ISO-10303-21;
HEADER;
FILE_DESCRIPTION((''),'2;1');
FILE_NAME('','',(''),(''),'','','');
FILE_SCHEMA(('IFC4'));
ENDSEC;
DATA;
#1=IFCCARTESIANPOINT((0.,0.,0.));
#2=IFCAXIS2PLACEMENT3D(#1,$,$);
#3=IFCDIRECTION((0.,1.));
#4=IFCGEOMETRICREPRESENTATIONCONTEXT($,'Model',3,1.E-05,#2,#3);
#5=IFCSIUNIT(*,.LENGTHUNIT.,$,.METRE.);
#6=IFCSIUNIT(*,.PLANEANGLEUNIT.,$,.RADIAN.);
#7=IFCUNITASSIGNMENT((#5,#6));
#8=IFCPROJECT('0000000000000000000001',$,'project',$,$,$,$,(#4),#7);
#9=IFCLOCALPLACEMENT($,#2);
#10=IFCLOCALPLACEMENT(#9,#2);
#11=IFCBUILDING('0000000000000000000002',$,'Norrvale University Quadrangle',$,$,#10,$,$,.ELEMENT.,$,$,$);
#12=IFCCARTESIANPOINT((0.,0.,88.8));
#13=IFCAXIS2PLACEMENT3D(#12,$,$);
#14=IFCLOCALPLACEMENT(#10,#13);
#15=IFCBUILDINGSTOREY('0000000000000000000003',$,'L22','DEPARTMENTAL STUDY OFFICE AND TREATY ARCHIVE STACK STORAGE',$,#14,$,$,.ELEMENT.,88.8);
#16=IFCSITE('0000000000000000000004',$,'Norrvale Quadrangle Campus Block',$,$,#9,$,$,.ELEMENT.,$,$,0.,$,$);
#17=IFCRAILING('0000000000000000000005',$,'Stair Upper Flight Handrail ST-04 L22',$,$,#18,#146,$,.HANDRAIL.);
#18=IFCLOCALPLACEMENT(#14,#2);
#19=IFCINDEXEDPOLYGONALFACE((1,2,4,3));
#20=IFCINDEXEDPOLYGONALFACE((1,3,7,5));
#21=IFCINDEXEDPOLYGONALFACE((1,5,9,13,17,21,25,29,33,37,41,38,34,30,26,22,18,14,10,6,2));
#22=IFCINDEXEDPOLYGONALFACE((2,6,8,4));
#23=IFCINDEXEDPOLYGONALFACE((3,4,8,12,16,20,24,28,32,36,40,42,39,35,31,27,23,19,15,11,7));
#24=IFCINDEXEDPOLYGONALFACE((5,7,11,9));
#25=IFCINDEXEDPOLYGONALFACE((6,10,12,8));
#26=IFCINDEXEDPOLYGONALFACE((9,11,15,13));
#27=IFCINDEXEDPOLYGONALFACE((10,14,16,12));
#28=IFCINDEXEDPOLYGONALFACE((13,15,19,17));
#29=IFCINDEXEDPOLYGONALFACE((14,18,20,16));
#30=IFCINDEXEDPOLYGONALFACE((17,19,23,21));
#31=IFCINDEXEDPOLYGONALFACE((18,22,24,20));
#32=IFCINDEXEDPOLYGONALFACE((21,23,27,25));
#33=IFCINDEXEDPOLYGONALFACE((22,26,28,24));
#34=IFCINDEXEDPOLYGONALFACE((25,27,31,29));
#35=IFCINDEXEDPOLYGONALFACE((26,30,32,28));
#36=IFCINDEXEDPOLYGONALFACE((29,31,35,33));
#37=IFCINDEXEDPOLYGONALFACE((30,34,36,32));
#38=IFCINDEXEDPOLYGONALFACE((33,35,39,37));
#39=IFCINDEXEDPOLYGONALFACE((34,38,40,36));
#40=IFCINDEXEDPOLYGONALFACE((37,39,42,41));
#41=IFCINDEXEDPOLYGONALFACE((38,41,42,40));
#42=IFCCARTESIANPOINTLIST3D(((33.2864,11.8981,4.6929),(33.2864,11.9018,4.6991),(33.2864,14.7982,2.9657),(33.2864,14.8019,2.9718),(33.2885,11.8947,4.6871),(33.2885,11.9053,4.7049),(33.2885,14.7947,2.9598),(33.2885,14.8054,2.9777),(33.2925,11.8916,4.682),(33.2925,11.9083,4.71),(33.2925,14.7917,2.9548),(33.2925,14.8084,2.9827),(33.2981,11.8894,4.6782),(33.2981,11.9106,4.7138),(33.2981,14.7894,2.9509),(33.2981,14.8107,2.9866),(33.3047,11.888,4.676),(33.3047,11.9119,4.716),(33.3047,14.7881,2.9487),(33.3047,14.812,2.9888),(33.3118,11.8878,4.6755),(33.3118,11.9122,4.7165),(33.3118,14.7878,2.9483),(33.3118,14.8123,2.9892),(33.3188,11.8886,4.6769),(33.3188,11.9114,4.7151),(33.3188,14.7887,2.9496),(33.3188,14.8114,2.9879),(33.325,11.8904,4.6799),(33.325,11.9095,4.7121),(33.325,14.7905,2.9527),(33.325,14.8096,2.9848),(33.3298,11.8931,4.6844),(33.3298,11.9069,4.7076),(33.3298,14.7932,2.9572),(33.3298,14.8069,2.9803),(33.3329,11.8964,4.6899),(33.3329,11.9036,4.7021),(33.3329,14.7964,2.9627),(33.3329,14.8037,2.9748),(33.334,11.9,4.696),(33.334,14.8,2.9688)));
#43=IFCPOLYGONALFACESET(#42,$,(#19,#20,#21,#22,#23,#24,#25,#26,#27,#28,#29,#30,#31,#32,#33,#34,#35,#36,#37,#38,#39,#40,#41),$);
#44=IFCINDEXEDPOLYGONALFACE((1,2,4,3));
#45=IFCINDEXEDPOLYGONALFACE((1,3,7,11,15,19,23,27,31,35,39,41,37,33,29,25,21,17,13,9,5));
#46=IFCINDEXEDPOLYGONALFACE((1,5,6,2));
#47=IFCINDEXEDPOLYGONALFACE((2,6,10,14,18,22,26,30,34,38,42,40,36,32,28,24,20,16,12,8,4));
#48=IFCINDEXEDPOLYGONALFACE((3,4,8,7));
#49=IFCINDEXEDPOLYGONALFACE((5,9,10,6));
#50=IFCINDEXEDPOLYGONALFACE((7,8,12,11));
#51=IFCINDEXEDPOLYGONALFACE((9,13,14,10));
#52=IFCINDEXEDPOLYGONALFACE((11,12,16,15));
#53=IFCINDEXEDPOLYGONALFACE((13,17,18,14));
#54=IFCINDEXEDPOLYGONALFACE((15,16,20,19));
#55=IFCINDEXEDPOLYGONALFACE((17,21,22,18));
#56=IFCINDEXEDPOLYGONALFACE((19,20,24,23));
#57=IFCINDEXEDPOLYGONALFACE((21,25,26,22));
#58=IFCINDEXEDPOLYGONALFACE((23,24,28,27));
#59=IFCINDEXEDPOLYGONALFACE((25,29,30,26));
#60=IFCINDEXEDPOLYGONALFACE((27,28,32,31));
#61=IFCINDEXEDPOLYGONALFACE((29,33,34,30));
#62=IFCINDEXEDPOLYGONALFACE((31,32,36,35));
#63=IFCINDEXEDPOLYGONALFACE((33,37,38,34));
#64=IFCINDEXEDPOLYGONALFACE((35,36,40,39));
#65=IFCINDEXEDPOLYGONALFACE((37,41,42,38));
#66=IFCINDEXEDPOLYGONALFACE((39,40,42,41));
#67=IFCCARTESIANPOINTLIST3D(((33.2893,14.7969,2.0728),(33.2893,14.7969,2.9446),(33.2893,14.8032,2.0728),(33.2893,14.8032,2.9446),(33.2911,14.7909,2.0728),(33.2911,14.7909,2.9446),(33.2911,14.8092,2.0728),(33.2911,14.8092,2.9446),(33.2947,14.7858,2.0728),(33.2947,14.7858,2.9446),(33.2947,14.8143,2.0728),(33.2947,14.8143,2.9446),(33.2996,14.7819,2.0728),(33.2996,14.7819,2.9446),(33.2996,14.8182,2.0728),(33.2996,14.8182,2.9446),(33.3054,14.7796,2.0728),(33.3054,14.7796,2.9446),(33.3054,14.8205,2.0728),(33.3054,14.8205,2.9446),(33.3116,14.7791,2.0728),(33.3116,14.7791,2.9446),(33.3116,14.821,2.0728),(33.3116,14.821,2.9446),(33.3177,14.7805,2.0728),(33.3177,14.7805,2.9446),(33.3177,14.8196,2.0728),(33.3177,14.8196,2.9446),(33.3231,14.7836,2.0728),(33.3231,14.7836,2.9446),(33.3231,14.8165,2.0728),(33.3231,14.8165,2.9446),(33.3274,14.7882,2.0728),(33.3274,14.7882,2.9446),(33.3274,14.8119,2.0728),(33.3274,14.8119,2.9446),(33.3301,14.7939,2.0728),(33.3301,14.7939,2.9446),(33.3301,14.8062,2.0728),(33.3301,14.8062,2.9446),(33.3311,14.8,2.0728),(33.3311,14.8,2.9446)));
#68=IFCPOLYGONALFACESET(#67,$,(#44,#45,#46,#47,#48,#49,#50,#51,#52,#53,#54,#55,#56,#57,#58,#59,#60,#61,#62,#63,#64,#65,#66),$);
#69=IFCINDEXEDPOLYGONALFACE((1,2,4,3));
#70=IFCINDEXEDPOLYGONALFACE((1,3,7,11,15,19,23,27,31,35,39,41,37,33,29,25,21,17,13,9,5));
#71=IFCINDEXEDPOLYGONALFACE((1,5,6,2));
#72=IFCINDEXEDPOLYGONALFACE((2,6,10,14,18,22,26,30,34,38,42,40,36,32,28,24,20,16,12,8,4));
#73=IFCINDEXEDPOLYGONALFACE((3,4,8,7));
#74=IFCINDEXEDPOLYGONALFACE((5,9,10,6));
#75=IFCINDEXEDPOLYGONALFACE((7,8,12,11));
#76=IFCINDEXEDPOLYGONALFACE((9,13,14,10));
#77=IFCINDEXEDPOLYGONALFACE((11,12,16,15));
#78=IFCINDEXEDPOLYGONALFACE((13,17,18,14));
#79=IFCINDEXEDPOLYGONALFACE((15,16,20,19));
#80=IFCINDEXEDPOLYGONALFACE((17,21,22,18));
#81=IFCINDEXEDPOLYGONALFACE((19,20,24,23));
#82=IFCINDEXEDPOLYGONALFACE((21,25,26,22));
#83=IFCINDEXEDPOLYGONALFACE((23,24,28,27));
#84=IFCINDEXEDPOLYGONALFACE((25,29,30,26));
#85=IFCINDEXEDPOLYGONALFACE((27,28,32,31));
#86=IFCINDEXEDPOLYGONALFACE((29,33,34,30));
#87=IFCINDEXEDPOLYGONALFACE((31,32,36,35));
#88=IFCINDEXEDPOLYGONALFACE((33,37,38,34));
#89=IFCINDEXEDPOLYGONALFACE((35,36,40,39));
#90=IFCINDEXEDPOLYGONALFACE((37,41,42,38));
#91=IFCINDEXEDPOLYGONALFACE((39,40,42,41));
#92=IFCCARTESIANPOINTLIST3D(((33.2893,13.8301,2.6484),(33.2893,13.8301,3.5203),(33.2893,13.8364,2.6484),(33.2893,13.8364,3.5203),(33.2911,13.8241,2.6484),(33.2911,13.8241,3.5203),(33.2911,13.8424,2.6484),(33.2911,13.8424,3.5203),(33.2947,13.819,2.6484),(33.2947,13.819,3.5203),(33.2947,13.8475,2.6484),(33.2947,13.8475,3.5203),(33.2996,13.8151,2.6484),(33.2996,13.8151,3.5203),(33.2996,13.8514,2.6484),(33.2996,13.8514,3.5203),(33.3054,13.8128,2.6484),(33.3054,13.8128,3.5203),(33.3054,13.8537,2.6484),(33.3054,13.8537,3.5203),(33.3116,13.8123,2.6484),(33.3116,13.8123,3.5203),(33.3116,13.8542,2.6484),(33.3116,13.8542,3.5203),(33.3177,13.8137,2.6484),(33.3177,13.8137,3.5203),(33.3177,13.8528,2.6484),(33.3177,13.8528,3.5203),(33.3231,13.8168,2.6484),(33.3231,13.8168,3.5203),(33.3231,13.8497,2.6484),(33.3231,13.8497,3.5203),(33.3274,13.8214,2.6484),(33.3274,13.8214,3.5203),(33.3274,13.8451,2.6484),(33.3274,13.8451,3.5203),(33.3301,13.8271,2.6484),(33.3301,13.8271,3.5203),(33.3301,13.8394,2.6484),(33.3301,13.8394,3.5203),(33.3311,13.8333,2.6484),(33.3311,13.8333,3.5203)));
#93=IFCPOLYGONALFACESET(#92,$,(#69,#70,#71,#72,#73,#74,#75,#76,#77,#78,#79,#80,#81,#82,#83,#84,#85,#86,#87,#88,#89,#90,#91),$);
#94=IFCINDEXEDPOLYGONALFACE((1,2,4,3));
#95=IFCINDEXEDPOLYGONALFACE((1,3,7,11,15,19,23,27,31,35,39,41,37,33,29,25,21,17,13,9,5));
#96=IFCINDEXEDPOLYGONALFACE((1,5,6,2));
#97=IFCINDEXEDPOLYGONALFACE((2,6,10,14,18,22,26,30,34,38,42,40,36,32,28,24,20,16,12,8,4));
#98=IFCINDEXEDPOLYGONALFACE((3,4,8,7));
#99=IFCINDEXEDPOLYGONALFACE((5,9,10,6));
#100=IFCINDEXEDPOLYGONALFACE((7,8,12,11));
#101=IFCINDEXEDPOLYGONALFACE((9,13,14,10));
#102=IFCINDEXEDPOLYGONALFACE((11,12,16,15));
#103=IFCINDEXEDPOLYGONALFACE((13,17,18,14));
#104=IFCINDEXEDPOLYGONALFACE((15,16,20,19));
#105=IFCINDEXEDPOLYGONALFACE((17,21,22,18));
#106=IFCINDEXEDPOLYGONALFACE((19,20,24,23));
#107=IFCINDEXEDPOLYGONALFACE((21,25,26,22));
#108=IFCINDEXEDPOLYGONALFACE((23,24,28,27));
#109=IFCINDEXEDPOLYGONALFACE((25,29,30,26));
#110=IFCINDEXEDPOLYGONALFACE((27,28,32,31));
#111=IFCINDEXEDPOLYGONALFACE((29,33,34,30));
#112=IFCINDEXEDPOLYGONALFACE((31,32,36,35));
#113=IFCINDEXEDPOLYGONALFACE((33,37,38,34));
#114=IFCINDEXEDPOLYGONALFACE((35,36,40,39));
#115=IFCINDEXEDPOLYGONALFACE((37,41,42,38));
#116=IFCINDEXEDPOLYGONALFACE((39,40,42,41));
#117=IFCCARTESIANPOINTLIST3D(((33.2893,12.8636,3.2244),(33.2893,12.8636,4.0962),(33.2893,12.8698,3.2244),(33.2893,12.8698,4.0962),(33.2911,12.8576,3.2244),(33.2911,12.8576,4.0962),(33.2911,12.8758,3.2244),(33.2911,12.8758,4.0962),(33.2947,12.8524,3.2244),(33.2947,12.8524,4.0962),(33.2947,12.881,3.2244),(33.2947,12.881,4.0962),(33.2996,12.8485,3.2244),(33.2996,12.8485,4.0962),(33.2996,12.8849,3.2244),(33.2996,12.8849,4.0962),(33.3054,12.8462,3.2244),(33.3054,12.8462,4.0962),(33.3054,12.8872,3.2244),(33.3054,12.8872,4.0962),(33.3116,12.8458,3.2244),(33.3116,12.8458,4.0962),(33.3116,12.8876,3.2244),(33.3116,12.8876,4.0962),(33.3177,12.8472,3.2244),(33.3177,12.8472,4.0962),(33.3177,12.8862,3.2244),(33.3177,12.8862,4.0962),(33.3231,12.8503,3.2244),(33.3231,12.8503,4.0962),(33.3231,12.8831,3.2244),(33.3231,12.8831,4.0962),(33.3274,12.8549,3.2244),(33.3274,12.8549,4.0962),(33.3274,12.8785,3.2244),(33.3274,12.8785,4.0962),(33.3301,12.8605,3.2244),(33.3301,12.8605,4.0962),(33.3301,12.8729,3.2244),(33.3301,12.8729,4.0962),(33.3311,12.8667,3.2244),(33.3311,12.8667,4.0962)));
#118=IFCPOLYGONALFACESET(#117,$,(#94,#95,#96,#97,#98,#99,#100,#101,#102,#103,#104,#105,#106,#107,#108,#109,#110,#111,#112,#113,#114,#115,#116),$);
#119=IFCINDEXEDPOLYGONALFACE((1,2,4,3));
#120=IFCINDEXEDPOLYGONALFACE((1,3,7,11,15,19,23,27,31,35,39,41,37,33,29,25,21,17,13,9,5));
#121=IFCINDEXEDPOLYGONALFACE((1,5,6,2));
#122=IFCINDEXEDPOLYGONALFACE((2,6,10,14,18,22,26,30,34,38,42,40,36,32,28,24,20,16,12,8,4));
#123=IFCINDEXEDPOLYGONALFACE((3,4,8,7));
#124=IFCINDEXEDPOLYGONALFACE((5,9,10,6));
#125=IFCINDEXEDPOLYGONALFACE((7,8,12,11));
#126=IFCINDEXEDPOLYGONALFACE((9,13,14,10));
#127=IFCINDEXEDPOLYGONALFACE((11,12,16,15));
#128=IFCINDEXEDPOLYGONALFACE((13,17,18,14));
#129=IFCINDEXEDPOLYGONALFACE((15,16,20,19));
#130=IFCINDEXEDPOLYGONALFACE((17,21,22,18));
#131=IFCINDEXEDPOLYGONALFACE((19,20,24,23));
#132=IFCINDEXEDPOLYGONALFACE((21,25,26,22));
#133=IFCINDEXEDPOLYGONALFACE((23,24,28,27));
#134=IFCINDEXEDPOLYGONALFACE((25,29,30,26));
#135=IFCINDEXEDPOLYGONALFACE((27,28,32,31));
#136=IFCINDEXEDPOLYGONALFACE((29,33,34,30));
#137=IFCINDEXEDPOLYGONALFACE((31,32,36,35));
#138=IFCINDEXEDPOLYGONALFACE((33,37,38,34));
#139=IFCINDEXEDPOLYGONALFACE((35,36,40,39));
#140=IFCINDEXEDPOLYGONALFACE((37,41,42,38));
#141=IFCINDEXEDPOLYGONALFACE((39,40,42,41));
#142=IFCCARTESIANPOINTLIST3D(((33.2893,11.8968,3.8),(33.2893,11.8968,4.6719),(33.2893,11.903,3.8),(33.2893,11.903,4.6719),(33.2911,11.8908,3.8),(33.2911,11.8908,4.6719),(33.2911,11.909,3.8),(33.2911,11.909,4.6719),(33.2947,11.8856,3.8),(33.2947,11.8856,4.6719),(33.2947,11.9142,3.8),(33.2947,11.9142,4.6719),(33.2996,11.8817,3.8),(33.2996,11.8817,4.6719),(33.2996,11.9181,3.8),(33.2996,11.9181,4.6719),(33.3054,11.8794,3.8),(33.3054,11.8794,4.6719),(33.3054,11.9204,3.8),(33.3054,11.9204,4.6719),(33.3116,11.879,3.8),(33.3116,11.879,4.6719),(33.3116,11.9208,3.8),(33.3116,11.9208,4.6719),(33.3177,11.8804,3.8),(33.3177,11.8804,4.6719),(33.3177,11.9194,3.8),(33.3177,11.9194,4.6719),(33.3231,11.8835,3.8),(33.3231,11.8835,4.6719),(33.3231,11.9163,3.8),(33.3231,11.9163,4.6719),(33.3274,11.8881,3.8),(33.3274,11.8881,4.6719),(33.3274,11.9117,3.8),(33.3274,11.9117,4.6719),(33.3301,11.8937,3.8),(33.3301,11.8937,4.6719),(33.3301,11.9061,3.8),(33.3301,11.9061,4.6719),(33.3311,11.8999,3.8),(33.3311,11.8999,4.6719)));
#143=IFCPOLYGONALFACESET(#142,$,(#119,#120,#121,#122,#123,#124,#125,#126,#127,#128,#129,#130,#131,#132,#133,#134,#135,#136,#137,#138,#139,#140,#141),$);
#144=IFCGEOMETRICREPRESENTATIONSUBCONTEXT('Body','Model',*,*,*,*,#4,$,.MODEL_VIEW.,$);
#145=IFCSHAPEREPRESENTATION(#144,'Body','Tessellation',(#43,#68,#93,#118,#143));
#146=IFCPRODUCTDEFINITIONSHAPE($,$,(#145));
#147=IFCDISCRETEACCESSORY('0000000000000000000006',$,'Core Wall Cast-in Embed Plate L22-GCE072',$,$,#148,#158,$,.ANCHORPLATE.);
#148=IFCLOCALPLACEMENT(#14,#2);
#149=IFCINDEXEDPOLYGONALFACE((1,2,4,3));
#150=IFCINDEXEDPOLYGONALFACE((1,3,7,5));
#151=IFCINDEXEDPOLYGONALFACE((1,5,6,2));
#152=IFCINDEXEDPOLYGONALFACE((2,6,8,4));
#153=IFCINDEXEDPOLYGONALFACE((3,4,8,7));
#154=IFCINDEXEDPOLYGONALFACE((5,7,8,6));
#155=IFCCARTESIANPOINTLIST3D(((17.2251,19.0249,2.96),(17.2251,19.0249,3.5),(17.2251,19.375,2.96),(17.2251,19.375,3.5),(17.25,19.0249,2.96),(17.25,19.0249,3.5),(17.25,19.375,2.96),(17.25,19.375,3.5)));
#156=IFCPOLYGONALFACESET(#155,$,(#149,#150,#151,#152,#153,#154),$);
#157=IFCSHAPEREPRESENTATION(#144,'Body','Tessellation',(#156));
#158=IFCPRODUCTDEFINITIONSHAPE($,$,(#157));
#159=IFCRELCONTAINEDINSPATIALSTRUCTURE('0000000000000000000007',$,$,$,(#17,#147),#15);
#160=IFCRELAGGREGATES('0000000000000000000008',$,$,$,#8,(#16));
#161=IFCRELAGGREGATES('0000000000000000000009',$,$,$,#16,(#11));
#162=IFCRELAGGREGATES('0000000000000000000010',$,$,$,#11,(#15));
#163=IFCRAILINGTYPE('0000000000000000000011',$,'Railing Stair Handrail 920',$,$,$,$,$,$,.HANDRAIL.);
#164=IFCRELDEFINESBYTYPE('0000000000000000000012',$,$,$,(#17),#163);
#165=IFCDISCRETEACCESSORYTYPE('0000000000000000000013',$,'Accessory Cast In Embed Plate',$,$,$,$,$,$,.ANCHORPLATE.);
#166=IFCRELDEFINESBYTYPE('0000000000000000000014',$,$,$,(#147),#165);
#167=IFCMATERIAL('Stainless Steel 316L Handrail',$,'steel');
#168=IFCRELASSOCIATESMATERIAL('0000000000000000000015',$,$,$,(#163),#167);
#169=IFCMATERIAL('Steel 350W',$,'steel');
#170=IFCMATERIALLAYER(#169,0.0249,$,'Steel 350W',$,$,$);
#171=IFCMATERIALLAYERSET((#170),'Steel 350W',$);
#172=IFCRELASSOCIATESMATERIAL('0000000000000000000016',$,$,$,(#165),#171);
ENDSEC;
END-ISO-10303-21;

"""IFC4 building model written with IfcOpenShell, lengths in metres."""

from ifc_helpers import new_model, si_unit, direction, frame, origin, origin_2d, place, context, subcontext, project, spatial, rectangle, circle, extrude, material, layer, layer_set, type_object, element, save


model = new_model("IFC4")

# Units and contexts
model_context = context("Model", 3, precision=1e-05, world=origin(), true_north=direction((0.0, 1.0)))
body_context = subcontext(model_context, "Body", "Model", "MODEL_VIEW")
ifc_project = project(units=[si_unit("LENGTHUNIT", "METRE"), si_unit("PLANEANGLEUNIT", "RADIAN")], contexts=[model_context])

# Site, building, storey
site_placement = place(None, origin())
site = spatial("IfcSite", under=ifc_project, at=site_placement, Name="Norrvale Quadrangle Campus Block", CompositionType="ELEMENT", RefElevation=0.0)
building_placement = place(site_placement, origin())
building = spatial("IfcBuilding", under=site, at=building_placement, Name="Norrvale University Quadrangle", CompositionType="ELEMENT")
storey_placement = place(building_placement, frame((0.0, 0.0, 88.8)))
storey = spatial("IfcBuildingStorey", under=building, at=storey_placement, Name="L22", Description="DEPARTMENTAL STUDY OFFICE AND TREATY ARCHIVE STACK STORAGE", CompositionType="ELEMENT", Elevation=88.8)

# Shared definitions
ifc_material_1 = material(Name="Steel 350W", Category="steel")

# Railing
ifc_material_2 = material(Name="Stainless Steel 316L Handrail", Category="steel")
railing_type_1 = type_object("IfcRailingType", Name="Railing Stair Handrail 920", PredefinedType="HANDRAIL", material=ifc_material_2)
railing_1_placement = place(storey_placement, frame((33.3101, 14.8, 2.0728)))
element("IfcRailing", 1, at=railing_1_placement, inside=storey, type_object=railing_type_1, Name="Stair Upper Flight Handrail ST-04 L22", PredefinedType="HANDRAIL", context=body_context, shape_type="SweptSolid", body=[
    extrude(circle(Radius=0.0239, at=origin_2d()), frame((0.0, 0.0, 0.896), z_axis=(0.0, -0.85916, 0.511706), x_axis=(1.0, 0.0, 0.0)), (0.0, 0.0, 1.0), 3.3755),
    extrude(circle(Radius=0.021, at=origin_2d()), origin(), (0.0, 0.0, 1.0), 0.8718),
    extrude(circle(Radius=0.021, at=origin_2d()), frame((0.0, -0.9668, 0.5757)), (0.0, 0.0, 1.0), 0.8718),
    extrude(circle(Radius=0.021, at=origin_2d()), frame((0.0, -1.9333, 1.1516)), (0.0, 0.0, 1.0), 0.8718),
    extrude(circle(Radius=0.021, at=origin_2d()), frame((0.0, -2.9001, 1.7273)), (0.0, 0.0, 1.0), 0.8718),
])

# Discrete accessory
ifc_layer_1 = layer(ifc_material_1, 0.0249, Name="Steel 350W")
ifc_layer_set_1 = layer_set([ifc_layer_1], Name="Steel 350W")
discrete_accessory_type = type_object("IfcDiscreteAccessoryType", Name="Accessory Cast In Embed Plate", PredefinedType="ANCHORPLATE", material=ifc_layer_set_1)
discrete_accessory_placement = place(storey_placement, frame((17.2375, 19.2, 2.96), z_axis=(0.0, 0.0, 1.0), x_axis=(1.0, 0.0, 0.0)))
element("IfcDiscreteAccessory", 2, at=discrete_accessory_placement, inside=storey, type_object=discrete_accessory_type, Name="Core Wall Cast-in Embed Plate L22-GCE072", PredefinedType="ANCHORPLATE", context=body_context, shape_type="SweptSolid", body=[
    extrude(rectangle(XDim=0.0249, YDim=0.3501, at=origin_2d()), origin(), (0.0, 0.0, 1.0), 0.54),
])

save(model, "model.ifc")
